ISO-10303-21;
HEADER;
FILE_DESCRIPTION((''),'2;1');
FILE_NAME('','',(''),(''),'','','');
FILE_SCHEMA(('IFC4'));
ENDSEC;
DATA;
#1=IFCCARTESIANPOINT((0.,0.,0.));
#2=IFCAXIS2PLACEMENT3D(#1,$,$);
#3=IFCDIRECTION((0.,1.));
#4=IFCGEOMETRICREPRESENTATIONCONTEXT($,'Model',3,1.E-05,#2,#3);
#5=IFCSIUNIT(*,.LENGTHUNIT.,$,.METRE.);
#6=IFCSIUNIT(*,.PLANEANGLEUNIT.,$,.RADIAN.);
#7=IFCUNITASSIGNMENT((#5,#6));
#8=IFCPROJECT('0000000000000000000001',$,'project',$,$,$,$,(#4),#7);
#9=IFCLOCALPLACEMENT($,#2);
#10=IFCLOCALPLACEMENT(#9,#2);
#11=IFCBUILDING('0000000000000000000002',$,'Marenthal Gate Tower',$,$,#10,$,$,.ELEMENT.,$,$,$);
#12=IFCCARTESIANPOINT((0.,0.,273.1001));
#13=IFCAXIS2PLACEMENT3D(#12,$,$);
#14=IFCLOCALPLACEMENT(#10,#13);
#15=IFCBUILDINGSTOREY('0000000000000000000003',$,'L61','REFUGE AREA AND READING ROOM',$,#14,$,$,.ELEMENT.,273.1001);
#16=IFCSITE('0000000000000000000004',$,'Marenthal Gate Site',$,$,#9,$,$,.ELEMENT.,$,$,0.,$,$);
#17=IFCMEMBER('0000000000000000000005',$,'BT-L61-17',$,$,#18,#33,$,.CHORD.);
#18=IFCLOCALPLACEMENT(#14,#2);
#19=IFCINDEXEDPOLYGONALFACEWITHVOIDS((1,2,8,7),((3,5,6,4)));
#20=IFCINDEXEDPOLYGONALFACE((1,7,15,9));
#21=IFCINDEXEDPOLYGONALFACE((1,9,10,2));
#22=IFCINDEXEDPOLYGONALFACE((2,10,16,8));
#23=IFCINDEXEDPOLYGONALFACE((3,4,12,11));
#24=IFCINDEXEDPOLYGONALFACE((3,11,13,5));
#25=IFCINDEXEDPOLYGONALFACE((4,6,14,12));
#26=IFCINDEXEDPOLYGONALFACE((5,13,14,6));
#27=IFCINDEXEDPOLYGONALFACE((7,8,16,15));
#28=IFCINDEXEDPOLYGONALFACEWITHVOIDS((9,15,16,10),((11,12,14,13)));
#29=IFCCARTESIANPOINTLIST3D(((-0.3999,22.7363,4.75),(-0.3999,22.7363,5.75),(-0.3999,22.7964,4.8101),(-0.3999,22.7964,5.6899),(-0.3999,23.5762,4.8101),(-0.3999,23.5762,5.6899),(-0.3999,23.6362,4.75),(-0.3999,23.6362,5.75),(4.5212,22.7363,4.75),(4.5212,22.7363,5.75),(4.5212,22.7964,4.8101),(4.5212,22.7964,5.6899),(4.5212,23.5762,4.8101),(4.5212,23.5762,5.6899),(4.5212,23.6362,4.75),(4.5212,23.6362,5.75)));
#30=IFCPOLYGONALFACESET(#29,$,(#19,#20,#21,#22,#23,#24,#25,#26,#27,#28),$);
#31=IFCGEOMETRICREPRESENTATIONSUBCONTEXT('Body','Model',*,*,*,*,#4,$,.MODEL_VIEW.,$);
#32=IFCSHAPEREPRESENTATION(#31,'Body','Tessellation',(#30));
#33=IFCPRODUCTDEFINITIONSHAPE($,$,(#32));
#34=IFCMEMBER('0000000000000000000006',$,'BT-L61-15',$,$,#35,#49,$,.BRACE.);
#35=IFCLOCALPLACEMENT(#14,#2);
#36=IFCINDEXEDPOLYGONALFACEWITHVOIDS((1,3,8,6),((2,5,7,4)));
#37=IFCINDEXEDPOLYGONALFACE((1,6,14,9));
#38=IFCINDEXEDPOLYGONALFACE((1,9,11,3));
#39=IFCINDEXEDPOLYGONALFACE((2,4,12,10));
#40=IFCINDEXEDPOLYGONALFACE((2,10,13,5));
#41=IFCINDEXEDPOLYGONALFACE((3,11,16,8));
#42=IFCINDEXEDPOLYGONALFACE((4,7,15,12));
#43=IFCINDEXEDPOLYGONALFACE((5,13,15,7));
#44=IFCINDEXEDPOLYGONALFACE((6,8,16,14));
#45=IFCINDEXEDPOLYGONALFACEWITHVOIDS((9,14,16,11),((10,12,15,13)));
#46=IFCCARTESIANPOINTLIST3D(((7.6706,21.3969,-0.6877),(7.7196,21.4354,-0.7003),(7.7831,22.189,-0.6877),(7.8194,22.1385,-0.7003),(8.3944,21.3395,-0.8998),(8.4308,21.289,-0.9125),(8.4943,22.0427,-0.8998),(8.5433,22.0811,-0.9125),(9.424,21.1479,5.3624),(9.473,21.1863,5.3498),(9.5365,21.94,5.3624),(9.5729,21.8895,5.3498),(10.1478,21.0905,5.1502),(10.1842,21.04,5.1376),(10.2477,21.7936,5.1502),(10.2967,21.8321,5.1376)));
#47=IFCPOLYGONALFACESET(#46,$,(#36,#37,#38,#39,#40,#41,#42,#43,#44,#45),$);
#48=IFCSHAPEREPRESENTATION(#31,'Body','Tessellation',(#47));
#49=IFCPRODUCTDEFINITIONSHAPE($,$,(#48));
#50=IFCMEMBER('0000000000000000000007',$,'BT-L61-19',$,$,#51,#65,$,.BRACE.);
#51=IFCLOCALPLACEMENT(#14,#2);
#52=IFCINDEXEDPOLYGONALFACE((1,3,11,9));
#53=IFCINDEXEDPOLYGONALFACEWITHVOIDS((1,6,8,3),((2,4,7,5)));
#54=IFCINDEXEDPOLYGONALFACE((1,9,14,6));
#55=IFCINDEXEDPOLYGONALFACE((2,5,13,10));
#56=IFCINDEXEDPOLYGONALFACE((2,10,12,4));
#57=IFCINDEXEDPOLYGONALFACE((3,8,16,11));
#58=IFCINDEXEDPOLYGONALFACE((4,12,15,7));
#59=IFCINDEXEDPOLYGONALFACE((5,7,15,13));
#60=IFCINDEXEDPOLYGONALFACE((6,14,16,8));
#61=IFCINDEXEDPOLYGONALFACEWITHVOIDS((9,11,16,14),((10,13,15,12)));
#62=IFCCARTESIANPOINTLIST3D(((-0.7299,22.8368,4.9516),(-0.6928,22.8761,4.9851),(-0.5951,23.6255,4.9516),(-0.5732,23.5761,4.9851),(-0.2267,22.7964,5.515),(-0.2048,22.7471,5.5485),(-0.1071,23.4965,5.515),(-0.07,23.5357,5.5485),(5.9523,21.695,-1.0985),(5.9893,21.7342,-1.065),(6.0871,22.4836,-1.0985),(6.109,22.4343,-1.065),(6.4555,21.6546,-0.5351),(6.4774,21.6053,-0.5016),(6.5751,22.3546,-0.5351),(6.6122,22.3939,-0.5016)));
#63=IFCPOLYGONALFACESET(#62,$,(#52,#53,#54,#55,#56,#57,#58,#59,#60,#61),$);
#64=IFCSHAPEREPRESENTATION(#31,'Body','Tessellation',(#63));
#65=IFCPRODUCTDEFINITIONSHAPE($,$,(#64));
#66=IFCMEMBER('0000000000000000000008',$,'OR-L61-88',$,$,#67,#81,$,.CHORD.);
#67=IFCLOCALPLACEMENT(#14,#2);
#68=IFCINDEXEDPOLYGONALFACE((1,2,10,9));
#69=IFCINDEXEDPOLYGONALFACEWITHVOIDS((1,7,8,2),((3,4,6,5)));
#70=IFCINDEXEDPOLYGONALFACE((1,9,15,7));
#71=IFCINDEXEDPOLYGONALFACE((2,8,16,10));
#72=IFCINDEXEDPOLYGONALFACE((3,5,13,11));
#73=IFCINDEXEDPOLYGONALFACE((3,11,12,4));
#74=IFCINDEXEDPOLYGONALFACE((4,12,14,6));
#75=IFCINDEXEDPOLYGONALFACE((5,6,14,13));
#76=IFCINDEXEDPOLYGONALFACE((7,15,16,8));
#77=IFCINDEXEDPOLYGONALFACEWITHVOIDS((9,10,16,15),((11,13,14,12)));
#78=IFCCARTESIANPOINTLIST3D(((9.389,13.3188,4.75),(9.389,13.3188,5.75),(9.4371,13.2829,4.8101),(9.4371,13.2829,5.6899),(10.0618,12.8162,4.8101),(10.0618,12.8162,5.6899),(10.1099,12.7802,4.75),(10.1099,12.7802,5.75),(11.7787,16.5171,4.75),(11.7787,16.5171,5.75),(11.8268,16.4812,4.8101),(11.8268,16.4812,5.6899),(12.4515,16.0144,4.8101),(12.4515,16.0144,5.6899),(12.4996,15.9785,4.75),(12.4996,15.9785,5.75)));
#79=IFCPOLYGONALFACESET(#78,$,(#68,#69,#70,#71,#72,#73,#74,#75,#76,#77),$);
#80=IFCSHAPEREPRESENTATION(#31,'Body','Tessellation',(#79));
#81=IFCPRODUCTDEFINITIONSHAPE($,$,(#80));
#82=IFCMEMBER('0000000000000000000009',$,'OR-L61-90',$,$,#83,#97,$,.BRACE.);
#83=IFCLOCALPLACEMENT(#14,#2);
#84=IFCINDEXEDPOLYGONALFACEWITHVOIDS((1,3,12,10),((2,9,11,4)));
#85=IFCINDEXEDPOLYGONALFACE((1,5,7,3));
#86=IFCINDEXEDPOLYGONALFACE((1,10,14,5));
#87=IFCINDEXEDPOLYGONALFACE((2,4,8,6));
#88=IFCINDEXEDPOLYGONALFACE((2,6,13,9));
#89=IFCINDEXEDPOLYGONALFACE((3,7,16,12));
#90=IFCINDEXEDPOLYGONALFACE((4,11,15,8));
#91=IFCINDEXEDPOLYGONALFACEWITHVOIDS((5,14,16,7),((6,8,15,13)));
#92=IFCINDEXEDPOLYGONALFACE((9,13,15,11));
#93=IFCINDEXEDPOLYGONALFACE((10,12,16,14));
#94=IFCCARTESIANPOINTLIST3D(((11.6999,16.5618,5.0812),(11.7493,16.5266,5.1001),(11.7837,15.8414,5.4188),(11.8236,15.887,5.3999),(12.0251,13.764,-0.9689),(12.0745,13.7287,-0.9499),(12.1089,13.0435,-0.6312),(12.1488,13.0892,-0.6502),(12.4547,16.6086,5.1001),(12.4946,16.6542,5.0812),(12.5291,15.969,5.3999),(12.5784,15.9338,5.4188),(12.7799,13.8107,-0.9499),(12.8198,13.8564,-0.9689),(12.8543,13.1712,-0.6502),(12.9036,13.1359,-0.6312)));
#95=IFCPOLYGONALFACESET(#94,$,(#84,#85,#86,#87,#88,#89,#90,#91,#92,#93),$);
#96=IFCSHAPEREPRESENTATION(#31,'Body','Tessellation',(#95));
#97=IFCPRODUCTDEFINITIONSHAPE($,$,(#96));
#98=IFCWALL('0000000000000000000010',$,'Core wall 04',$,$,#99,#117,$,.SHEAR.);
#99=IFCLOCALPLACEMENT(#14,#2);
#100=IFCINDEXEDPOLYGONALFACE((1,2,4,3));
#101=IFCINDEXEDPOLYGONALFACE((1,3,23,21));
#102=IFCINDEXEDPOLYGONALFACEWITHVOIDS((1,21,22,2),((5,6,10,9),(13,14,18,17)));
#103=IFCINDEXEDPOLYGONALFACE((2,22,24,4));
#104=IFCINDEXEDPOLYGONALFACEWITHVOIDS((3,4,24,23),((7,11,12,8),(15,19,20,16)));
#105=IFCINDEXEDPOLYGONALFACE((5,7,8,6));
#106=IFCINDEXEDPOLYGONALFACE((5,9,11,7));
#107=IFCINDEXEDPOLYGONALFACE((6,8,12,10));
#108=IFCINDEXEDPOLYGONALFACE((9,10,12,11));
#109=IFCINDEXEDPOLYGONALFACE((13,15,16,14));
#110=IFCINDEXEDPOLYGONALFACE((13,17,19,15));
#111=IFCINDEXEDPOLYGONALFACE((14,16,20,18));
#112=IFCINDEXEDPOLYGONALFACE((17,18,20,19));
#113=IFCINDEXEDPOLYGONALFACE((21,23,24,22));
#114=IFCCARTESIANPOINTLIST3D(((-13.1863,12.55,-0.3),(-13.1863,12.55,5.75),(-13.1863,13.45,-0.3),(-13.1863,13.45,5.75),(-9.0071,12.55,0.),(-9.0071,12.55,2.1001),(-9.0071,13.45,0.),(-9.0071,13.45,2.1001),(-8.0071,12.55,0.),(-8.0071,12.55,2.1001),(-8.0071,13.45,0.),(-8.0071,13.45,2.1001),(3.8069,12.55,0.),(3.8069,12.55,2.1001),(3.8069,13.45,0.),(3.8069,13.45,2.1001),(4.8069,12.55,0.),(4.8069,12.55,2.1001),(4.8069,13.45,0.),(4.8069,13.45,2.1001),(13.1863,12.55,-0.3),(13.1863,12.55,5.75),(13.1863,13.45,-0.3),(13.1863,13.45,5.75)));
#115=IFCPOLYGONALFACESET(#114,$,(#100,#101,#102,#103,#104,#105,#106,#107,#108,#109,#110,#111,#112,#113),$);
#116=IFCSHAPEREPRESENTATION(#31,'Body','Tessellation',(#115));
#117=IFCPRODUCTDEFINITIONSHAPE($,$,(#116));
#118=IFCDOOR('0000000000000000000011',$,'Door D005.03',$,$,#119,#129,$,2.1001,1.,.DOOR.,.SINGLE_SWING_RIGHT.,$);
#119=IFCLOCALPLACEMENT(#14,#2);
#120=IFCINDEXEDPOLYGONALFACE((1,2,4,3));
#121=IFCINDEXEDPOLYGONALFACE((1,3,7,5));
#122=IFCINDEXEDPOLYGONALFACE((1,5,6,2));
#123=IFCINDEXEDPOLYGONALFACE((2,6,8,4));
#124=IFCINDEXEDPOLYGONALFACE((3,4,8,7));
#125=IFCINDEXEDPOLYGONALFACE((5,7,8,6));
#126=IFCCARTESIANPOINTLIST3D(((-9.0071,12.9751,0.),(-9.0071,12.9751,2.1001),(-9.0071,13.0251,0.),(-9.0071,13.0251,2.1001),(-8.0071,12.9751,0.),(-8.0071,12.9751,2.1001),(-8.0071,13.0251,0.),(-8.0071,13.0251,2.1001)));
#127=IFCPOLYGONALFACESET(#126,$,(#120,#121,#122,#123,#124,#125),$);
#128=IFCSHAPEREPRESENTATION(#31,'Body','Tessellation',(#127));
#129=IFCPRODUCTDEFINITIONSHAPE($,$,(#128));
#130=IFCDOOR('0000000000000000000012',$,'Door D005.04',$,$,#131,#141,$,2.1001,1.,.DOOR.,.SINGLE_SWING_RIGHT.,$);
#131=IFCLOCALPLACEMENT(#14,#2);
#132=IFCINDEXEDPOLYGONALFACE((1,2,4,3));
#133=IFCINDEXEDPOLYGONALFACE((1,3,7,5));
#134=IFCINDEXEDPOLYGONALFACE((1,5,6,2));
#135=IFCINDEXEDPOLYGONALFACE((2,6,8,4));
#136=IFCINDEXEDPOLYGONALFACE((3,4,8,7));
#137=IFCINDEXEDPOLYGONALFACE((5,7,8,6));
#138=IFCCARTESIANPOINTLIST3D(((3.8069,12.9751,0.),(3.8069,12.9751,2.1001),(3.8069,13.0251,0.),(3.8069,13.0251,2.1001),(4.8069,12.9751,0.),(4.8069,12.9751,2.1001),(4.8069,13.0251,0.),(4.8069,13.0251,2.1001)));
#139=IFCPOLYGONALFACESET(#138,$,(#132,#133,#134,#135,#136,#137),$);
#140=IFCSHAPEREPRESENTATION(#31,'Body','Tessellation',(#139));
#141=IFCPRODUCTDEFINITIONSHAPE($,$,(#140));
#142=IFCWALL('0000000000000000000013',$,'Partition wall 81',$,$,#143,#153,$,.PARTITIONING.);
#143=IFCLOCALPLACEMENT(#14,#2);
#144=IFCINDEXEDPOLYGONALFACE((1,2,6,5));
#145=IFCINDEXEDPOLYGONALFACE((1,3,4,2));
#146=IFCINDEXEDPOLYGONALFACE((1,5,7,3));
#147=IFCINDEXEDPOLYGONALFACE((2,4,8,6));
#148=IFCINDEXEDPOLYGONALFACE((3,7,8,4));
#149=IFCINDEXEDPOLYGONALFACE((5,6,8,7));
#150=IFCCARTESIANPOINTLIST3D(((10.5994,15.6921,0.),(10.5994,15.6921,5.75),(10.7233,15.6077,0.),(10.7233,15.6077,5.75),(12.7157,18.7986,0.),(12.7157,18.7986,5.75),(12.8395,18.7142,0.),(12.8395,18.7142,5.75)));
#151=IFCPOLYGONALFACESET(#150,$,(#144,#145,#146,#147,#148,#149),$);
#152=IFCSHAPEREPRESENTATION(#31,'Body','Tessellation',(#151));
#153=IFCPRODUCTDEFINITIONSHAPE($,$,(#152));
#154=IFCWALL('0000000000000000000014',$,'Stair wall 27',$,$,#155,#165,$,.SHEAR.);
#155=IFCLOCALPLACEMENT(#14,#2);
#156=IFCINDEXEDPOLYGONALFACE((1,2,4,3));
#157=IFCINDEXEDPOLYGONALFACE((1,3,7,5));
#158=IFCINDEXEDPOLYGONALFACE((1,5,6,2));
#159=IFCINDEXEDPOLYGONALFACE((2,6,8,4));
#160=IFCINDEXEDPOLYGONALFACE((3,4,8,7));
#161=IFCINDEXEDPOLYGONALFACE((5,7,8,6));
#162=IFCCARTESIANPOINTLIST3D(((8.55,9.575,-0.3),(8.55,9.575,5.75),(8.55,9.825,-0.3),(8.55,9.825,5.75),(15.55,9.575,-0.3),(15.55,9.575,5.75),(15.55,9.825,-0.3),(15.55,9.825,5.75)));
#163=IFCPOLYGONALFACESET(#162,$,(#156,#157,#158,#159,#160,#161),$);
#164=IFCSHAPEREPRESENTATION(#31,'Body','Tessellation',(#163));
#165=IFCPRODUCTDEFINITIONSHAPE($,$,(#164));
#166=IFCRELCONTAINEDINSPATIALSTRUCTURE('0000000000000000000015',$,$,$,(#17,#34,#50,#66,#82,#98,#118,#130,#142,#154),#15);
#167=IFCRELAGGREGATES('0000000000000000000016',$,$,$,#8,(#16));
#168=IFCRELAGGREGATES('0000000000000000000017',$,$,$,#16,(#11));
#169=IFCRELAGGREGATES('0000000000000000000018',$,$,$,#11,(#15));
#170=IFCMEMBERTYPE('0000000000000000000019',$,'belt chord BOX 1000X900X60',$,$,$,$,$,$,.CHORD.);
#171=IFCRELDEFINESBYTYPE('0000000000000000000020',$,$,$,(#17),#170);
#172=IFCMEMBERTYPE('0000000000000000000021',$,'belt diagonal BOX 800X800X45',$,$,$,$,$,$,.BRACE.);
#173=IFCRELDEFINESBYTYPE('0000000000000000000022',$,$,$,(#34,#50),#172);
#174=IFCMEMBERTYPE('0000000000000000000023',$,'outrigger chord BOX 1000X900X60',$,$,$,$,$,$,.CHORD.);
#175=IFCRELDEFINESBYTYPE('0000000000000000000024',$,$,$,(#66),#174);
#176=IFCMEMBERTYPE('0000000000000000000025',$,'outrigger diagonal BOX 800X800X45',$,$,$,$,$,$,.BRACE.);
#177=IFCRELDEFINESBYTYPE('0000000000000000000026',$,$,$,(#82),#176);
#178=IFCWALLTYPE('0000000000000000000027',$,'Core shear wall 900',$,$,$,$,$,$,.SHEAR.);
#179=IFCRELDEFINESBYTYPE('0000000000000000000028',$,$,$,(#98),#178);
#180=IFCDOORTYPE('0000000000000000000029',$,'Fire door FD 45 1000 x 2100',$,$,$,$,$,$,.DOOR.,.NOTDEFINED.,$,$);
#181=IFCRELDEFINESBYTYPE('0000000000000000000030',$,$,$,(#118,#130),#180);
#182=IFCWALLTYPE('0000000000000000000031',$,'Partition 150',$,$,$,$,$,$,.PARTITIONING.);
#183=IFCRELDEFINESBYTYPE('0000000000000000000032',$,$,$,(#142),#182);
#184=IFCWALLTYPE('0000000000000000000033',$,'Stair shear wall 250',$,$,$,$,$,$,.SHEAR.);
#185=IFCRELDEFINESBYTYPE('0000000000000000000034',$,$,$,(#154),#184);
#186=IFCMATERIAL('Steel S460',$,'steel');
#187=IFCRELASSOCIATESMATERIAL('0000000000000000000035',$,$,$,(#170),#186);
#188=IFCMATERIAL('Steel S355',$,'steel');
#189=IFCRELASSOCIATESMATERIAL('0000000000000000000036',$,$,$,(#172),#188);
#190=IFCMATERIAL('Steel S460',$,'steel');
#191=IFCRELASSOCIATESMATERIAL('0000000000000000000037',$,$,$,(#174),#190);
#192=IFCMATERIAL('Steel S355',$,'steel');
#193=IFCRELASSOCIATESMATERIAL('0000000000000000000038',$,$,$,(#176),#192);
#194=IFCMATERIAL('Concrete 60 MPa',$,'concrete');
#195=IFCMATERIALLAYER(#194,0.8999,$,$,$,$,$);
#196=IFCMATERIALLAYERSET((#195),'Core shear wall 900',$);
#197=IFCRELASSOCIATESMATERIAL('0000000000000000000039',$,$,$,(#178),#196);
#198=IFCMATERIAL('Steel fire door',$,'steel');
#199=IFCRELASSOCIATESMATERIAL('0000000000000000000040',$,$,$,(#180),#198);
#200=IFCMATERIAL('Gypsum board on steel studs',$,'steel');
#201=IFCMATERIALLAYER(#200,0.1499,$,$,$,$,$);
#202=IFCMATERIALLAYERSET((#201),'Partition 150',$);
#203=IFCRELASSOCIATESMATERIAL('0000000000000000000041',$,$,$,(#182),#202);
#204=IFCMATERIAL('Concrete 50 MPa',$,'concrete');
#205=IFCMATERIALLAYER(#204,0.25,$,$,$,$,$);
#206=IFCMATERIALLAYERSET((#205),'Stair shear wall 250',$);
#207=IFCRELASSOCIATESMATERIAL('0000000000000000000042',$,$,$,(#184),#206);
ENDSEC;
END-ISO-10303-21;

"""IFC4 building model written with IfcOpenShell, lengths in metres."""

from ifc_helpers import new_model, si_unit, direction, frame, frame_2d, origin, origin_2d, place, context, subcontext, project, spatial, rectangle, hollow_rectangle, extrude, material, layer, layer_set, material_profile, profile_set, type_object, element, fill, save


model = new_model("IFC4")

# Units and contexts
model_context = context("Model", 3, precision=1e-05, world=origin(), true_north=direction((0.0, 1.0)))
body_context = subcontext(model_context, "Body", "Model", "MODEL_VIEW")
ifc_project = project(units=[si_unit("LENGTHUNIT", "METRE"), si_unit("PLANEANGLEUNIT", "RADIAN")], contexts=[model_context])

# Site, building, storey
site_placement = place(None, origin())
site = spatial("IfcSite", under=ifc_project, at=site_placement, Name="Marenthal Gate Site", CompositionType="ELEMENT", RefElevation=0.0)
building_placement = place(site_placement, origin())
building = spatial("IfcBuilding", under=site, at=building_placement, Name="Marenthal Gate Tower", CompositionType="ELEMENT")
storey_placement = place(building_placement, frame((0.0, 0.0, 273.1001)))
storey = spatial("IfcBuildingStorey", under=building, at=storey_placement, Name="L61", Description="REFUGE AREA AND READING ROOM", CompositionType="ELEMENT", Elevation=273.1001)

# Members
ifc_material_1 = material(Name="Steel S460", Category="steel")
ifc_material_profile_1 = material_profile(ifc_material_1, hollow_rectangle(XDim=0.8999, YDim=1.0, WallThickness=0.0601, at=origin_2d()), Name="BOX 1000X900X60")
ifc_profile_set_1 = profile_set([ifc_material_profile_1], Name="Steel S460")
member_type_1 = type_object("IfcMemberType", Name="belt chord BOX 1000X900X60", PredefinedType="CHORD", material=ifc_profile_set_1)
member_1_placement = place(storey_placement, frame((4.5212, 23.1863, 5.25), z_axis=(-1.0, 0.0, 0.0), x_axis=(0.0, -1.0, 0.0)))
element("IfcMember", 1, at=member_1_placement, inside=storey, type_object=member_type_1, Name="BT-L61-17", PredefinedType="CHORD", context=body_context, shape_type="SweptSolid", body=[
    extrude(hollow_rectangle(XDim=0.8999, YDim=1.0, WallThickness=0.0601, at=origin_2d()), origin(), (0.0, 0.0, 1.0), 4.9211),
])
ifc_material_2 = material(Name="Steel S355", Category="steel")
ifc_material_profile_2 = material_profile(ifc_material_2, hollow_rectangle(XDim=0.8, YDim=0.8, WallThickness=0.0449, at=origin_2d()), Name="BOX 800X800X45")
ifc_profile_set_2 = profile_set([ifc_material_profile_2], Name="Steel S355")
member_type_2 = type_object("IfcMemberType", Name="belt diagonal BOX 800X800X45", PredefinedType="BRACE", material=ifc_profile_set_2)
member_2_placement = place(storey_placement, frame((9.8604, 21.49, 5.25), z_axis=(-0.278147, 0.039503, -0.959726), x_axis=(-0.140611, -0.990065, 0.0)))
element("IfcMember", 2, at=member_2_placement, inside=storey, type_object=member_type_2, Name="BT-L61-15", PredefinedType="BRACE", context=body_context, shape_type="SweptSolid", body=[
    extrude(hollow_rectangle(XDim=0.8, YDim=0.8, WallThickness=0.0449, at=origin_2d()), origin(), (0.0, 0.0, 1.0), 6.304),
])
member_3_placement = place(storey_placement, frame((6.2822, 22.0444, -0.8), z_axis=(-0.735421, 0.125669, 0.665855), x_axis=(-0.168439, -0.985712, 0.0)))
element("IfcMember", 3, at=member_3_placement, inside=storey, type_object=member_type_2, Name="BT-L61-19", PredefinedType="BRACE", context=body_context, shape_type="SweptSolid", body=[
    extrude(hollow_rectangle(XDim=0.8, YDim=0.8, WallThickness=0.0449, at=origin_2d()), origin(), (0.0, 0.0, 1.0), 9.0862),
])
ifc_material_3 = material(Name="Steel S460", Category="steel")
ifc_material_profile_3 = material_profile(ifc_material_3, hollow_rectangle(XDim=0.8999, YDim=1.0, WallThickness=0.0601, at=origin_2d()), Name="BOX 1000X900X60")
ifc_profile_set_3 = profile_set([ifc_material_profile_3], Name="Steel S460")
member_type_3 = type_object("IfcMemberType", Name="outrigger chord BOX 1000X900X60", PredefinedType="CHORD", material=ifc_profile_set_3)
member_4_placement = place(storey_placement, frame((12.1392, 16.2478, 5.25), z_axis=(-0.598551, -0.801085, 0.0), x_axis=(0.801085, -0.598551, 0.0)))
element("IfcMember", 4, at=member_4_placement, inside=storey, type_object=member_type_3, Name="OR-L61-88", PredefinedType="CHORD", context=body_context, shape_type="SweptSolid", body=[
    extrude(hollow_rectangle(XDim=0.8999, YDim=1.0, WallThickness=0.0601, at=origin_2d()), origin(), (0.0, 0.0, 1.0), 3.9924),
])
ifc_material_4 = material(Name="Steel S355", Category="steel")
ifc_material_profile_4 = material_profile(ifc_material_4, hollow_rectangle(XDim=0.8, YDim=0.8, WallThickness=0.0449, at=origin_2d()), Name="BOX 800X800X45")
ifc_profile_set_4 = profile_set([ifc_material_profile_4], Name="Steel S355")
member_type_4 = type_object("IfcMemberType", Name="outrigger diagonal BOX 800X800X45", PredefinedType="BRACE", material=ifc_profile_set_4)
member_5_placement = place(storey_placement, frame((12.1392, 16.2478, 5.25), z_axis=(0.048729, -0.419242, -0.906566), x_axis=(0.993313, 0.115453, 0.0)))
element("IfcMember", 5, at=member_5_placement, inside=storey, type_object=member_type_4, Name="OR-L61-90", PredefinedType="BRACE", context=body_context, shape_type="SweptSolid", body=[
    extrude(hollow_rectangle(XDim=0.8, YDim=0.8, WallThickness=0.0449, at=origin_2d()), origin(), (0.0, 0.0, 1.0), 6.6736),
])

# Wall, openings, doors
ifc_material_5 = material(Name="Concrete 60 MPa", Category="concrete")
ifc_layer_1 = layer(ifc_material_5, 0.8999)
ifc_layer_set_1 = layer_set([ifc_layer_1], Name="Core shear wall 900")
wall_type_1 = type_object("IfcWallType", Name="Core shear wall 900", PredefinedType="SHEAR", material=ifc_layer_set_1)
wall_1_placement = place(storey_placement, frame((13.1863, 13.0, -0.3), z_axis=(0.0, 0.0, 1.0), x_axis=(-1.0, 0.0, 0.0)))
wall_1 = element("IfcWall", 6, at=wall_1_placement, inside=storey, type_object=wall_type_1, Name="Core wall 04", PredefinedType="SHEAR", context=body_context, shape_type="SweptSolid", body=[
    extrude(rectangle(XDim=26.3726, YDim=0.8999, at=frame_2d((13.1863, 0.0))), origin(), (0.0, 0.0, 1.0), 6.05),
])
opening_1_placement = place(wall_1_placement, frame((21.1934, 0.0, 0.3)))
opening_1 = element("IfcOpeningElement", 7, at=opening_1_placement, cuts=wall_1, PredefinedType="OPENING", context=body_context, shape_type="SweptSolid", body=[
    extrude(rectangle(XDim=1.0, YDim=2.1001, at=frame_2d((0.5, 1.05))), frame((0.0, 0.46, 0.0), z_axis=(0.0, -1.0, 0.0), x_axis=(1.0, 0.0, 0.0)), (0.0, 0.0, 1.0), 0.9199),
])
opening_2_placement = place(wall_1_placement, frame((8.3794, 0.0, 0.3)))
opening_2 = element("IfcOpeningElement", 8, at=opening_2_placement, cuts=wall_1, PredefinedType="OPENING", context=body_context, shape_type="SweptSolid", body=[
    extrude(rectangle(XDim=1.0, YDim=2.1001, at=frame_2d((0.5, 1.05))), frame((0.0, 0.46, 0.0), z_axis=(0.0, -1.0, 0.0), x_axis=(1.0, 0.0, 0.0)), (0.0, 0.0, 1.0), 0.9199),
])
ifc_material_6 = material(Name="Steel fire door", Category="steel")
door_type = type_object("IfcDoorType", Name="Fire door FD 45 1000 x 2100", OperationType="NOTDEFINED", PredefinedType="DOOR", material=ifc_material_6)
door_1_placement = place(opening_1_placement, origin())
door_1 = element("IfcDoor", 9, at=door_1_placement, inside=storey, type_object=door_type, Name="Door D005.03", OperationType="SINGLE_SWING_RIGHT", OverallHeight=2.1001, OverallWidth=1.0, PredefinedType="DOOR", context=body_context, shape_type="SweptSolid", body=[
    extrude(rectangle(XDim=1.0, YDim=2.1001, at=frame_2d((0.5, 1.05))), frame((0.0, 0.0249, 0.0), z_axis=(0.0, -1.0, 0.0), x_axis=(1.0, 0.0, 0.0)), (0.0, 0.0, 1.0), 0.05),
])
fill(opening_1, door_1)
door_2_placement = place(opening_2_placement, origin())
door_2 = element("IfcDoor", 10, at=door_2_placement, inside=storey, type_object=door_type, Name="Door D005.04", OperationType="SINGLE_SWING_RIGHT", OverallHeight=2.1001, OverallWidth=1.0, PredefinedType="DOOR", context=body_context, shape_type="SweptSolid", body=[
    extrude(rectangle(XDim=1.0, YDim=2.1001, at=frame_2d((0.5, 1.05))), frame((0.0, 0.0249, 0.0), z_axis=(0.0, -1.0, 0.0), x_axis=(1.0, 0.0, 0.0)), (0.0, 0.0, 1.0), 0.05),
])
fill(opening_2, door_2)

# Walls
ifc_material_7 = material(Name="Gypsum board on steel studs", Category="steel")
ifc_layer_2 = layer(ifc_material_7, 0.1499)
ifc_layer_set_2 = layer_set([ifc_layer_2], Name="Partition 150")
wall_type_2 = type_object("IfcWallType", Name="Partition 150", PredefinedType="PARTITIONING", material=ifc_layer_set_2)
wall_2_placement = place(storey_placement, frame((10.6614, 15.6499, 0.0), z_axis=(0.0, 0.0, 1.0), x_axis=(0.563006, 0.826453, 0.0)))
element("IfcWall", 11, at=wall_2_placement, inside=storey, type_object=wall_type_2, Name="Partition wall 81", PredefinedType="PARTITIONING", context=body_context, shape_type="SweptSolid", body=[
    extrude(rectangle(XDim=3.7588, YDim=0.1499, at=frame_2d((1.8794, 0.0))), origin(), (0.0, 0.0, 1.0), 5.75),
])
ifc_material_8 = material(Name="Concrete 50 MPa", Category="concrete")
ifc_layer_3 = layer(ifc_material_8, 0.25)
ifc_layer_set_3 = layer_set([ifc_layer_3], Name="Stair shear wall 250")
wall_type_3 = type_object("IfcWallType", Name="Stair shear wall 250", PredefinedType="SHEAR", material=ifc_layer_set_3)
wall_3_placement = place(storey_placement, frame((8.55, 9.7, -0.3), z_axis=(0.0, 0.0, 1.0), x_axis=(1.0, 0.0, 0.0)))
element("IfcWall", 12, at=wall_3_placement, inside=storey, type_object=wall_type_3, Name="Stair wall 27", PredefinedType="SHEAR", context=body_context, shape_type="SweptSolid", body=[
    extrude(rectangle(XDim=7.0, YDim=0.25, at=frame_2d((3.5, 0.0))), origin(), (0.0, 0.0, 1.0), 6.05),
])

save(model, "model.ifc")
